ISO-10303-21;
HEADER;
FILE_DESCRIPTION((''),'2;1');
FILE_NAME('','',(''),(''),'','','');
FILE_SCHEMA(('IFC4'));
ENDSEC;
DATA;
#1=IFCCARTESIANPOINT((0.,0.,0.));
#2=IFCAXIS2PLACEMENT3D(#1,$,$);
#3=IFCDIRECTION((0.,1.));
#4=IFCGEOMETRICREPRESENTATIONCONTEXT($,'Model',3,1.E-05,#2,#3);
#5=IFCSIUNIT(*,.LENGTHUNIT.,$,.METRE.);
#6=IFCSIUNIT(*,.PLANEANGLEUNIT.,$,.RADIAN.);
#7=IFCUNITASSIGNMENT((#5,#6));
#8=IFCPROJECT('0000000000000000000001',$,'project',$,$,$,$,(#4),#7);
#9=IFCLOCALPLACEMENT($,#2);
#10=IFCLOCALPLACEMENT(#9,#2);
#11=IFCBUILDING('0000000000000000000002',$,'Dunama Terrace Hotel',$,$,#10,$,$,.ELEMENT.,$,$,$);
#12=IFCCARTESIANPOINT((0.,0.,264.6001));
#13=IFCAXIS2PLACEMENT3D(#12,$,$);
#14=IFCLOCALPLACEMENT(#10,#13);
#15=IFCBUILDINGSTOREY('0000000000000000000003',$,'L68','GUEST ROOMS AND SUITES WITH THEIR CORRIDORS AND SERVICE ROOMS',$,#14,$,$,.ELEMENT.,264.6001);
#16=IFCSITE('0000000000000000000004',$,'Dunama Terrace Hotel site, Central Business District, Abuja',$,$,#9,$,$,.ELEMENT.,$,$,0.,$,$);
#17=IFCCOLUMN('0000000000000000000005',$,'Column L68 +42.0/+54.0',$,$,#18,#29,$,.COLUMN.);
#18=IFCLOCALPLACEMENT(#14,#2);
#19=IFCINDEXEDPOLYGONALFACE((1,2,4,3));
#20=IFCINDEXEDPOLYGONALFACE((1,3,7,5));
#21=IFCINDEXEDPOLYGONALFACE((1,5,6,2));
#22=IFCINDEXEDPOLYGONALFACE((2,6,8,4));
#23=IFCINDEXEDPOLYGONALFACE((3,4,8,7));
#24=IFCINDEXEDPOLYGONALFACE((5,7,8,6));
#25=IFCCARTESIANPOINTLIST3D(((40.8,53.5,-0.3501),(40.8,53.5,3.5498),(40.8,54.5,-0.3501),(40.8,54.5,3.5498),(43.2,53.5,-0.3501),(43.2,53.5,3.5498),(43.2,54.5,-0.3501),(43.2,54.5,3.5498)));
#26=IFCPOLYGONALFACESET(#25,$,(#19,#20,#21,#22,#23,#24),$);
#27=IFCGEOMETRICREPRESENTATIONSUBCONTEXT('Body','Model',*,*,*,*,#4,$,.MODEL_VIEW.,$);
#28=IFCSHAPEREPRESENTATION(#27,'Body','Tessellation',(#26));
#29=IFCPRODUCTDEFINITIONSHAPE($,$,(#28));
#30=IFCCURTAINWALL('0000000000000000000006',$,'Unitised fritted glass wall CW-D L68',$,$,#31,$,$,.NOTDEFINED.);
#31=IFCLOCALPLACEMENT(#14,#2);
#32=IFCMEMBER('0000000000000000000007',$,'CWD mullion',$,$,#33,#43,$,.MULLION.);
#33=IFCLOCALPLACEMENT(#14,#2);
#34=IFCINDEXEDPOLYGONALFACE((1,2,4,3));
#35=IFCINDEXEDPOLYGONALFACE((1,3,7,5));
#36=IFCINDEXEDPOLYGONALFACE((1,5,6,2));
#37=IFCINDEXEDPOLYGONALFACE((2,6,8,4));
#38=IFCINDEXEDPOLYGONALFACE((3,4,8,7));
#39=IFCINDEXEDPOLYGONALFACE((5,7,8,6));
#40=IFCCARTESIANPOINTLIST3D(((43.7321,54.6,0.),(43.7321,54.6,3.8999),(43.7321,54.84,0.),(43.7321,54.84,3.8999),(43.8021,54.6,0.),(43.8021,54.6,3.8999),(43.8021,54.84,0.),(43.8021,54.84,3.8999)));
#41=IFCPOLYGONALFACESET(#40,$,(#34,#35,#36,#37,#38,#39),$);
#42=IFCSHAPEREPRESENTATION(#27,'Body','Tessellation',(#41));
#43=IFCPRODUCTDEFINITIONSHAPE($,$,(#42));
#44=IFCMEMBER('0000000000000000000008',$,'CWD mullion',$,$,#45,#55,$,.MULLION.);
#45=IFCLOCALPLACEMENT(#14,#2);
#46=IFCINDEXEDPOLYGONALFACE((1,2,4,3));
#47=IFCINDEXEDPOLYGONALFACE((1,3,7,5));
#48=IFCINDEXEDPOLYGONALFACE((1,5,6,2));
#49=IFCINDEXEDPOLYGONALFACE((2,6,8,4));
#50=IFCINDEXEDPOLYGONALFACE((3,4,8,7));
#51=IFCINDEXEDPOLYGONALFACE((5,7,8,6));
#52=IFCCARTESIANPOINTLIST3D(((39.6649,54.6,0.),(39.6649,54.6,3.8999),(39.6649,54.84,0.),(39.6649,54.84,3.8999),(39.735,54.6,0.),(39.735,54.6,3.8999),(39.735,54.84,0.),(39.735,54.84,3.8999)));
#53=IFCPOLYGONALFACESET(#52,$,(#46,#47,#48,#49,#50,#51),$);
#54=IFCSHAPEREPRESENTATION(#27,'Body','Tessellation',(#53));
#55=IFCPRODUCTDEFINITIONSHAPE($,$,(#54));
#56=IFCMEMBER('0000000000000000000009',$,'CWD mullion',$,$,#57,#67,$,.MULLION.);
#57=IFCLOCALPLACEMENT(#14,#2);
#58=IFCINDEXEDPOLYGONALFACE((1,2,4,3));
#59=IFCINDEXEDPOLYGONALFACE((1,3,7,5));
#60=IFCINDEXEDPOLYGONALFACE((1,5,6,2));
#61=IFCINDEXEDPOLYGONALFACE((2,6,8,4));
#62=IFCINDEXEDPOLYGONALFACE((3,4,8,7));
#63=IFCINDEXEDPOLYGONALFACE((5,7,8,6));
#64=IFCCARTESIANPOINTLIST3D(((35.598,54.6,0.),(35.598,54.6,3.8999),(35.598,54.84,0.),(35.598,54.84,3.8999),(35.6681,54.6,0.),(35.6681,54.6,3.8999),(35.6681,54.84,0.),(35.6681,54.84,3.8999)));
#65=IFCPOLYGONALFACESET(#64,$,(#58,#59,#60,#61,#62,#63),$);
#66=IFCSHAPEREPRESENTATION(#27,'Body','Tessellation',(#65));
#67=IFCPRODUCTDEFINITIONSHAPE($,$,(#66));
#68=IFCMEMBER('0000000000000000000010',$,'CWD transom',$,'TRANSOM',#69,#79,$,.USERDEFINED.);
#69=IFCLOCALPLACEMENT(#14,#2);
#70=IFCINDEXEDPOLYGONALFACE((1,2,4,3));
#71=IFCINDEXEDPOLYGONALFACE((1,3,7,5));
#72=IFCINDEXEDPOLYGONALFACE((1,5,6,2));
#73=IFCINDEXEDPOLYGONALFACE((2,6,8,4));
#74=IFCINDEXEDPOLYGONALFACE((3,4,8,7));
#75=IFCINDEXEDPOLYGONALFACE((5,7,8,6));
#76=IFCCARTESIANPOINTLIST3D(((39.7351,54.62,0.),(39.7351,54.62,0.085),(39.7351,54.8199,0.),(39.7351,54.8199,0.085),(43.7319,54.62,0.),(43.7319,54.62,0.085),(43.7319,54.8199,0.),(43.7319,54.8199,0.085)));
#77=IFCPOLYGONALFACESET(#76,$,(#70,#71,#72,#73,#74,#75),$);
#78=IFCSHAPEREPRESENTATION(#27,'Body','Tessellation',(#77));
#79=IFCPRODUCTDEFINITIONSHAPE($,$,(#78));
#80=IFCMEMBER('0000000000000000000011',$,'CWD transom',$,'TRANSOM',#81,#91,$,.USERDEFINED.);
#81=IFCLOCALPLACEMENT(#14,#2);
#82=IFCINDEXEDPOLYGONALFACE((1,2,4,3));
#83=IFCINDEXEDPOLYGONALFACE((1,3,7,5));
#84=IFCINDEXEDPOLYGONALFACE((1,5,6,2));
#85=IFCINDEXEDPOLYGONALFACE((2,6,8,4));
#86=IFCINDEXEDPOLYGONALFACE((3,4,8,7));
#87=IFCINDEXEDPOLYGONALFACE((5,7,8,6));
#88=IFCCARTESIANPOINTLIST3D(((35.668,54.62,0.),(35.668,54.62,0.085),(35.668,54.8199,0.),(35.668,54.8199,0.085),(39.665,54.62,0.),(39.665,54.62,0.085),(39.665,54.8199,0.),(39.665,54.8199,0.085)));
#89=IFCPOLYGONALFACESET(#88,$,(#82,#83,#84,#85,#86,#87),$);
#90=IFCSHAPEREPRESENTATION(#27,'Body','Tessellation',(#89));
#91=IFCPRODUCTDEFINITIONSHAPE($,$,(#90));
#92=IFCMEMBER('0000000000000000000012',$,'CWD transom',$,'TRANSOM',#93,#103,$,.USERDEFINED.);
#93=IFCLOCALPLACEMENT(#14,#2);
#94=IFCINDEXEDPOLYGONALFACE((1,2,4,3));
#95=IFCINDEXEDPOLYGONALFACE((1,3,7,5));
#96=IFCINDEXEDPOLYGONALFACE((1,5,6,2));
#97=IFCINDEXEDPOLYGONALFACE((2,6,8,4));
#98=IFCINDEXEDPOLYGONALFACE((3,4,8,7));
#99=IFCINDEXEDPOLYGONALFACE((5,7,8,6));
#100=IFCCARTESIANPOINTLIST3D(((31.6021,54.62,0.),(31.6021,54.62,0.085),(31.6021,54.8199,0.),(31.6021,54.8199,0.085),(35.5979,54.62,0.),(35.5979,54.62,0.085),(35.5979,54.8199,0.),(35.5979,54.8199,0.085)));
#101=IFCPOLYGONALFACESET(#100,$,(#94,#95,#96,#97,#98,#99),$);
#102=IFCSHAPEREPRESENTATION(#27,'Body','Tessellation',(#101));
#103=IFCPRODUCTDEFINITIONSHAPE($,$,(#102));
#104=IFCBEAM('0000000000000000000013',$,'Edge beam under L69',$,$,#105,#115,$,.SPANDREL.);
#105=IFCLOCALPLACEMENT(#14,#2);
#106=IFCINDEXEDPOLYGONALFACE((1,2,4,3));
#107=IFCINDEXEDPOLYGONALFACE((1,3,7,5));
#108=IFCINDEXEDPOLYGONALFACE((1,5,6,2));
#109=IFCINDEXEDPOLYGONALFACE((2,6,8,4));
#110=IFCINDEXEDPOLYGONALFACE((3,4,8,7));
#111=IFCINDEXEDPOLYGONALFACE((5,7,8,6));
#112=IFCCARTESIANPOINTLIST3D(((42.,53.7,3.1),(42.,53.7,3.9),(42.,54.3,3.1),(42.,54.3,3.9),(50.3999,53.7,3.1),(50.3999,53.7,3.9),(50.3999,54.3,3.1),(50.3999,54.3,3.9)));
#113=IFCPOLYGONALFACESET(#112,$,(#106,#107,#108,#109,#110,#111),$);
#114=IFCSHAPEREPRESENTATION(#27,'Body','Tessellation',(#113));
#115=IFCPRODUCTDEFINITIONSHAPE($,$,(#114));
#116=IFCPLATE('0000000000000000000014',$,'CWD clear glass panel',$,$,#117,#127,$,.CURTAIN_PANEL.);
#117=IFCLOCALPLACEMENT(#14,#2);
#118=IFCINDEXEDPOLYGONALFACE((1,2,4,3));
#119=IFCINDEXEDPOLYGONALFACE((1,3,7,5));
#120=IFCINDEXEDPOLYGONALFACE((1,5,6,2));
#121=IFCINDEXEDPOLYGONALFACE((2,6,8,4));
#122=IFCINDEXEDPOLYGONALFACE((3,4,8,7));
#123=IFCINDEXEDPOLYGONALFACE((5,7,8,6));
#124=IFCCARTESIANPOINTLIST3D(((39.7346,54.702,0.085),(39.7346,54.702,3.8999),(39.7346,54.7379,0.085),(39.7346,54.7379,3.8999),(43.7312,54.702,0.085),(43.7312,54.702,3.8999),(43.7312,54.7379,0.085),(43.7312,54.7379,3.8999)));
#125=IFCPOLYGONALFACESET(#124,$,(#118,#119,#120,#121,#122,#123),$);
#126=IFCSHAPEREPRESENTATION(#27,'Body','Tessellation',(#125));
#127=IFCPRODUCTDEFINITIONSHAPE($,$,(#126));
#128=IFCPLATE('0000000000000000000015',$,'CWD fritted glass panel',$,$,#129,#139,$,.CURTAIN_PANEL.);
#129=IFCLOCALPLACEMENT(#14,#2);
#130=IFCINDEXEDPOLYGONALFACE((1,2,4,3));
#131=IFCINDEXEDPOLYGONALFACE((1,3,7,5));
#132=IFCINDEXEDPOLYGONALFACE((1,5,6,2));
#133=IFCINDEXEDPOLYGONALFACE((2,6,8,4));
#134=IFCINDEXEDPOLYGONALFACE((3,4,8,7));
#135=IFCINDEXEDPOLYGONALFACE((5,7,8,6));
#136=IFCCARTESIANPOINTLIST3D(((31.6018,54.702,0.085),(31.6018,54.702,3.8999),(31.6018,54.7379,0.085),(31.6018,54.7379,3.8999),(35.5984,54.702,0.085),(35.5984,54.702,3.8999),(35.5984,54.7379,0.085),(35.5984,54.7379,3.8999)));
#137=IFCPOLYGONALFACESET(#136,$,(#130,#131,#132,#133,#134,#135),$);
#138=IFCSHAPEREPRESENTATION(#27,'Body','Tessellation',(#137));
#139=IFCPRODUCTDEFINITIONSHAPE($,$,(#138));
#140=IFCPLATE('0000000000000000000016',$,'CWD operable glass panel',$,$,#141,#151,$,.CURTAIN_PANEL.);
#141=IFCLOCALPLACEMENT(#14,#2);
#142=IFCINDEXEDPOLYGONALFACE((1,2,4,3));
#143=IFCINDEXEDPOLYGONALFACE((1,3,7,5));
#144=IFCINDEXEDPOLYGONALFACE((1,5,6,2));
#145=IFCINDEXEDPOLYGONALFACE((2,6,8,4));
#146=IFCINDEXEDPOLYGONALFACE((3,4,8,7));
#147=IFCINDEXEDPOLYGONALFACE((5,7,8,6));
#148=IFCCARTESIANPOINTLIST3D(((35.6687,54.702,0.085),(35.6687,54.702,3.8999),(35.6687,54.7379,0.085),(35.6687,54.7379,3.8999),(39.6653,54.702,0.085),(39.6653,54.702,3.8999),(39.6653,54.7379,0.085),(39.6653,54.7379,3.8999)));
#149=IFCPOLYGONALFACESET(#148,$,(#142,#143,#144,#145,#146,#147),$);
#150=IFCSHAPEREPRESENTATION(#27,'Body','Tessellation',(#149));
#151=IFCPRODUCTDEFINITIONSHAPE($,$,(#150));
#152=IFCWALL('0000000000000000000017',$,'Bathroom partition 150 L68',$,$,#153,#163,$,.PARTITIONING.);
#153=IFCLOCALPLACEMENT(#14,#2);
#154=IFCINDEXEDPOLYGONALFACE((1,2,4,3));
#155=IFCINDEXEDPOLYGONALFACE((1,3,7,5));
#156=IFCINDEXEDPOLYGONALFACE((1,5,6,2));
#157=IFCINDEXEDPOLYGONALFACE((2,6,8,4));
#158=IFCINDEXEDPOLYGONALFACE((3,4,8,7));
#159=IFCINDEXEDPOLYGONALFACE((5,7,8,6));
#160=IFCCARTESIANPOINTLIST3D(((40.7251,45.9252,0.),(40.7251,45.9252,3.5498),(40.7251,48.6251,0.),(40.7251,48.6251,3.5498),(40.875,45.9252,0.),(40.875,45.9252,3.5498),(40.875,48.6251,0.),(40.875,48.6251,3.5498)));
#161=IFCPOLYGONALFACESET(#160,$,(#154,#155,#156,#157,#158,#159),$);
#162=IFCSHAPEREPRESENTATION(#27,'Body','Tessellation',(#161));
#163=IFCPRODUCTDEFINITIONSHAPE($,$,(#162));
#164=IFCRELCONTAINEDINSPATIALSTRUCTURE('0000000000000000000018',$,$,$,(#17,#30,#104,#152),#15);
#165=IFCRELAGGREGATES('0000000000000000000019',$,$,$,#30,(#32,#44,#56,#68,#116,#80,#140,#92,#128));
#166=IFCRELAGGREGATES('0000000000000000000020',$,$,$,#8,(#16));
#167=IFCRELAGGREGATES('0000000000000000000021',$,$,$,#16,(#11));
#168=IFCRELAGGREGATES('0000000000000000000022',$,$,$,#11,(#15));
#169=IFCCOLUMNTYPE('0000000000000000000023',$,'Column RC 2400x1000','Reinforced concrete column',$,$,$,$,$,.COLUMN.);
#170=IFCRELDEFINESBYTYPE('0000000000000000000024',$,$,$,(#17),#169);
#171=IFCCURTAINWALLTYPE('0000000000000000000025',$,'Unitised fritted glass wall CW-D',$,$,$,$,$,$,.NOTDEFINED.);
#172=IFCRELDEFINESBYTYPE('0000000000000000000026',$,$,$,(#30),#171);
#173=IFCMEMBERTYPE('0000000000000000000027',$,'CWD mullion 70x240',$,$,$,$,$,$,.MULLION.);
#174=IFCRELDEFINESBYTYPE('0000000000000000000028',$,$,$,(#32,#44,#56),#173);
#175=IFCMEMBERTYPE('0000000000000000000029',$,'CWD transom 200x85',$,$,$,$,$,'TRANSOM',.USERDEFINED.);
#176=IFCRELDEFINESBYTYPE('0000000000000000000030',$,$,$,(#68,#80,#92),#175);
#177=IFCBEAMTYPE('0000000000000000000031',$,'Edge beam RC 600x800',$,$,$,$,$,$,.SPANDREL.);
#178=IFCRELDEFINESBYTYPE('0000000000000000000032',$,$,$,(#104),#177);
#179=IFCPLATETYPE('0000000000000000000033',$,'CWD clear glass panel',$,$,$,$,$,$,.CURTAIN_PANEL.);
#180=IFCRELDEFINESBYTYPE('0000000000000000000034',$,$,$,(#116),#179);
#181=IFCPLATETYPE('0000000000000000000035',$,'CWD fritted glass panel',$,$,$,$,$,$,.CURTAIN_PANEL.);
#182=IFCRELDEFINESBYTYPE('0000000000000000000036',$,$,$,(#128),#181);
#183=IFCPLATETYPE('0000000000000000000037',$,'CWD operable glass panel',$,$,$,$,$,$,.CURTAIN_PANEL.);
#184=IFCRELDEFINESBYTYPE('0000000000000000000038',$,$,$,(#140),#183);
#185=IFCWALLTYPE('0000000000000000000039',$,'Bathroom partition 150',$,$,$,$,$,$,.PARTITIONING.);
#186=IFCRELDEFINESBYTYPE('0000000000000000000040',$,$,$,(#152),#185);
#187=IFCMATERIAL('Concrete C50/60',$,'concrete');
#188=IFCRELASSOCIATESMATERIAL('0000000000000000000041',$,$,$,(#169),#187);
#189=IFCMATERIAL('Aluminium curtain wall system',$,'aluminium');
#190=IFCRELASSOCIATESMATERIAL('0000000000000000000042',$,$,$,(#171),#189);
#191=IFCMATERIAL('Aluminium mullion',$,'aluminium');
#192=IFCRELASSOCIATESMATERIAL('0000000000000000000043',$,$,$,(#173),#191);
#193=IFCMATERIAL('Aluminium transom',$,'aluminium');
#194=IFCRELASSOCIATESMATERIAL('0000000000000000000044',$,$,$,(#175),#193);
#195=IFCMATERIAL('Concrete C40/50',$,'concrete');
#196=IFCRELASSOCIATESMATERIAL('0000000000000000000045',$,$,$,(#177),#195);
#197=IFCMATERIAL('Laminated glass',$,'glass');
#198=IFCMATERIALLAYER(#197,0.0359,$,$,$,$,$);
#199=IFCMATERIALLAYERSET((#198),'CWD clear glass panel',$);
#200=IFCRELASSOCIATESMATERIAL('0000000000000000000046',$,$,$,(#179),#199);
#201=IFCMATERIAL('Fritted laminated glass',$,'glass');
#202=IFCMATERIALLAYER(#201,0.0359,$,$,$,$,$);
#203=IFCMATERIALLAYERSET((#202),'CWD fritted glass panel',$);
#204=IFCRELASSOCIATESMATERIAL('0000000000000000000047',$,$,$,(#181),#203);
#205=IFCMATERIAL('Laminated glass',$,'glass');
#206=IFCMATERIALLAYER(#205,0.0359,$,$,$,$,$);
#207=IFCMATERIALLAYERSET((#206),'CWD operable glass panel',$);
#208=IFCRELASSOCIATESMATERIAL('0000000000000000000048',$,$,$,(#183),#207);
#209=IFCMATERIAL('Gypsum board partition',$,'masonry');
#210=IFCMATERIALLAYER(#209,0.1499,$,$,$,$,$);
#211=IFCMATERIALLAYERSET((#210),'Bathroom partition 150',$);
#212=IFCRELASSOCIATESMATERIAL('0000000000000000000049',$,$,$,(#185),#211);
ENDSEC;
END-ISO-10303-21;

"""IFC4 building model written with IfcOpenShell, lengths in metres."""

from ifc_helpers import new_model, si_unit, direction, frame, frame_2d, origin, origin_2d, place, context, subcontext, project, spatial, rectangle, extrude, material, layer, layer_set, material_profile, profile_set, type_object, element, aggregate, save


model = new_model("IFC4")

# Units and contexts
model_context = context("Model", 3, precision=1e-05, world=origin(), true_north=direction((0.0, 1.0)))
body_context = subcontext(model_context, "Body", "Model", "MODEL_VIEW")
ifc_project = project(units=[si_unit("LENGTHUNIT", "METRE"), si_unit("PLANEANGLEUNIT", "RADIAN")], contexts=[model_context])

# Site, building, storey
site_placement = place(None, origin())
site = spatial("IfcSite", under=ifc_project, at=site_placement, Name="Dunama Terrace Hotel site, Central Business District, Abuja", CompositionType="ELEMENT", RefElevation=0.0)
building_placement = place(site_placement, origin())
building = spatial("IfcBuilding", under=site, at=building_placement, Name="Dunama Terrace Hotel", CompositionType="ELEMENT")
storey_placement = place(building_placement, frame((0.0, 0.0, 264.6001)))
storey = spatial("IfcBuildingStorey", under=building, at=storey_placement, Name="L68", Description="GUEST ROOMS AND SUITES WITH THEIR CORRIDORS AND SERVICE ROOMS", CompositionType="ELEMENT", Elevation=264.6001)

# Column
ifc_material_1 = material(Name="Concrete C50/60", Category="concrete")
ifc_material_profile_1 = material_profile(ifc_material_1, rectangle(XDim=2.3999, YDim=1.0, at=origin_2d()), Name="RC 2400x1000")
ifc_profile_set_1 = profile_set([ifc_material_profile_1], Name="Concrete C50/60")
column_type = type_object("IfcColumnType", Name="Column RC 2400x1000", Description="Reinforced concrete column", PredefinedType="COLUMN", material=ifc_profile_set_1)
column_placement = place(storey_placement, frame((42.0, 54.0, -0.3501), z_axis=(0.0, 0.0, 1.0), x_axis=(1.0, 0.0, 0.0)))
element("IfcColumn", 1, at=column_placement, inside=storey, type_object=column_type, Name="Column L68 +42.0/+54.0", PredefinedType="COLUMN", context=body_context, shape_type="SweptSolid", body=[
    extrude(rectangle(XDim=2.3999, YDim=1.0, at=origin_2d()), origin(), (0.0, 0.0, 1.0), 3.8999),
])

# Curtain wall, members
ifc_material_2 = material(Name="Aluminium curtain wall system", Category="aluminium")
curtain_wall_type = type_object("IfcCurtainWallType", Name="Unitised fritted glass wall CW-D", PredefinedType="NOTDEFINED", material=ifc_material_2)
curtain_wall_placement = place(storey_placement, origin())
curtain_wall = element("IfcCurtainWall", 2, at=curtain_wall_placement, inside=storey, type_object=curtain_wall_type, Name="Unitised fritted glass wall CW-D L68", PredefinedType="NOTDEFINED")
ifc_material_3 = material(Name="Aluminium mullion", Category="aluminium")
ifc_material_profile_2 = material_profile(ifc_material_3, rectangle(XDim=0.0701, YDim=0.24, at=origin_2d()), Name="CWD MULLION 70X240")
ifc_profile_set_2 = profile_set([ifc_material_profile_2], Name="Aluminium mullion")
member_type_1 = type_object("IfcMemberType", Name="CWD mullion 70x240", PredefinedType="MULLION", material=ifc_profile_set_2)
member_1_placement = place(storey_placement, frame((43.7671, 54.72, 0.0), z_axis=(0.0, 0.0, 1.0), x_axis=(-1.0, 0.0, 0.0)))
member_1 = element("IfcMember", 3, at=member_1_placement, type_object=member_type_1, Name="CWD mullion", PredefinedType="MULLION", context=body_context, shape_type="SweptSolid", body=[
    extrude(rectangle(XDim=0.0701, YDim=0.24, at=origin_2d()), origin(), (0.0, 0.0, 1.0), 3.8999),
])
member_2_placement = place(storey_placement, frame((39.7, 54.72, 0.0), z_axis=(0.0, 0.0, 1.0), x_axis=(-1.0, 0.0, 0.0)))
member_2 = element("IfcMember", 4, at=member_2_placement, type_object=member_type_1, Name="CWD mullion", PredefinedType="MULLION", context=body_context, shape_type="SweptSolid", body=[
    extrude(rectangle(XDim=0.0701, YDim=0.24, at=origin_2d()), origin(), (0.0, 0.0, 1.0), 3.8999),
])
member_3_placement = place(storey_placement, frame((35.6331, 54.72, 0.0), z_axis=(0.0, 0.0, 1.0), x_axis=(-1.0, 0.0, 0.0)))
member_3 = element("IfcMember", 5, at=member_3_placement, type_object=member_type_1, Name="CWD mullion", PredefinedType="MULLION", context=body_context, shape_type="SweptSolid", body=[
    extrude(rectangle(XDim=0.0701, YDim=0.24, at=origin_2d()), origin(), (0.0, 0.0, 1.0), 3.8999),
])
ifc_material_4 = material(Name="Aluminium transom", Category="aluminium")
ifc_material_profile_3 = material_profile(ifc_material_4, rectangle(XDim=0.2, YDim=0.085, at=origin_2d()), Name="CWD TRANSOM 200X85")
ifc_profile_set_3 = profile_set([ifc_material_profile_3], Name="Aluminium transom")
member_type_2 = type_object("IfcMemberType", Name="CWD transom 200x85", ElementType="TRANSOM", PredefinedType="USERDEFINED", material=ifc_profile_set_3)
member_4_placement = place(storey_placement, frame((43.7319, 54.72, 0.0425), z_axis=(-1.0, 0.0, 0.0), x_axis=(0.0, -1.0, 0.0)))
member_4 = element("IfcMember", 6, at=member_4_placement, type_object=member_type_2, Name="CWD transom", ObjectType="TRANSOM", PredefinedType="USERDEFINED", context=body_context, shape_type="SweptSolid", body=[
    extrude(rectangle(XDim=0.2, YDim=0.085, at=origin_2d()), origin(), (0.0, 0.0, 1.0), 3.9968),
])
member_5_placement = place(storey_placement, frame((39.665, 54.72, 0.0425), z_axis=(-1.0, 0.0, 0.0), x_axis=(0.0, -1.0, 0.0)))
member_5 = element("IfcMember", 7, at=member_5_placement, type_object=member_type_2, Name="CWD transom", ObjectType="TRANSOM", PredefinedType="USERDEFINED", context=body_context, shape_type="SweptSolid", body=[
    extrude(rectangle(XDim=0.2, YDim=0.085, at=origin_2d()), origin(), (0.0, 0.0, 1.0), 3.9971),
])
member_6_placement = place(storey_placement, frame((35.5979, 54.72, 0.0425), z_axis=(-1.0, 0.0, 0.0), x_axis=(0.0, -1.0, 0.0)))
member_6 = element("IfcMember", 8, at=member_6_placement, type_object=member_type_2, Name="CWD transom", ObjectType="TRANSOM", PredefinedType="USERDEFINED", context=body_context, shape_type="SweptSolid", body=[
    extrude(rectangle(XDim=0.2, YDim=0.085, at=origin_2d()), origin(), (0.0, 0.0, 1.0), 3.9958),
])

# Beam
ifc_material_5 = material(Name="Concrete C40/50", Category="concrete")
ifc_material_profile_4 = material_profile(ifc_material_5, rectangle(XDim=0.6001, YDim=0.8, at=origin_2d()), Name="RC 600x800")
ifc_profile_set_4 = profile_set([ifc_material_profile_4], Name="Concrete C40/50")
beam_type = type_object("IfcBeamType", Name="Edge beam RC 600x800", PredefinedType="SPANDREL", material=ifc_profile_set_4)
beam_placement = place(storey_placement, frame((42.0, 54.0, 3.5), z_axis=(1.0, 0.0, 0.0), x_axis=(0.0, 1.0, 0.0)))
element("IfcBeam", 9, at=beam_placement, inside=storey, type_object=beam_type, Name="Edge beam under L69", PredefinedType="SPANDREL", context=body_context, shape_type="SweptSolid", body=[
    extrude(rectangle(XDim=0.6001, YDim=0.8, at=origin_2d()), origin(), (0.0, 0.0, 1.0), 8.3999),
])

# Plates
ifc_material_6 = material(Name="Laminated glass", Category="glass")
ifc_layer_1 = layer(ifc_material_6, 0.0359)
ifc_layer_set_1 = layer_set([ifc_layer_1], Name="CWD clear glass panel")
plate_type_1 = type_object("IfcPlateType", Name="CWD clear glass panel", PredefinedType="CURTAIN_PANEL", material=ifc_layer_set_1)
plate_1_placement = place(storey_placement, frame((41.7329, 54.72, 0.085), z_axis=(0.0, 0.0, 1.0), x_axis=(-1.0, 0.0, 0.0)))
plate_1 = element("IfcPlate", 10, at=plate_1_placement, type_object=plate_type_1, Name="CWD clear glass panel", PredefinedType="CURTAIN_PANEL", context=body_context, shape_type="SweptSolid", body=[
    extrude(rectangle(XDim=3.9966, YDim=0.0359, at=origin_2d()), origin(), (0.0, 0.0, 1.0), 3.8149),
])
ifc_material_7 = material(Name="Fritted laminated glass", Category="glass")
ifc_layer_2 = layer(ifc_material_7, 0.0359)
ifc_layer_set_2 = layer_set([ifc_layer_2], Name="CWD fritted glass panel")
plate_type_2 = type_object("IfcPlateType", Name="CWD fritted glass panel", PredefinedType="CURTAIN_PANEL", material=ifc_layer_set_2)
plate_2_placement = place(storey_placement, frame((33.6001, 54.72, 0.085), z_axis=(0.0, 0.0, 1.0), x_axis=(-1.0, 0.0, 0.0)))
plate_2 = element("IfcPlate", 11, at=plate_2_placement, type_object=plate_type_2, Name="CWD fritted glass panel", PredefinedType="CURTAIN_PANEL", context=body_context, shape_type="SweptSolid", body=[
    extrude(rectangle(XDim=3.9966, YDim=0.0359, at=origin_2d()), origin(), (0.0, 0.0, 1.0), 3.8149),
])
ifc_material_8 = material(Name="Laminated glass", Category="glass")
ifc_layer_3 = layer(ifc_material_8, 0.0359)
ifc_layer_set_3 = layer_set([ifc_layer_3], Name="CWD operable glass panel")
plate_type_3 = type_object("IfcPlateType", Name="CWD operable glass panel", PredefinedType="CURTAIN_PANEL", material=ifc_layer_set_3)
plate_3_placement = place(storey_placement, frame((37.667, 54.72, 0.085), z_axis=(0.0, 0.0, 1.0), x_axis=(-1.0, 0.0, 0.0)))
plate_3 = element("IfcPlate", 12, at=plate_3_placement, type_object=plate_type_3, Name="CWD operable glass panel", PredefinedType="CURTAIN_PANEL", context=body_context, shape_type="SweptSolid", body=[
    extrude(rectangle(XDim=3.9966, YDim=0.0359, at=origin_2d()), origin(), (0.0, 0.0, 1.0), 3.8149),
])
aggregate(curtain_wall, [member_1, member_2, member_3, member_4, plate_1, member_5, plate_3, member_6, plate_2])

# Wall
ifc_material_9 = material(Name="Gypsum board partition", Category="masonry")
ifc_layer_4 = layer(ifc_material_9, 0.1499)
ifc_layer_set_4 = layer_set([ifc_layer_4], Name="Bathroom partition 150")
wall_type_1 = type_object("IfcWallType", Name="Bathroom partition 150", PredefinedType="PARTITIONING", material=ifc_layer_set_4)
wall_1_placement = place(storey_placement, frame((40.8, 45.925, 0.0), z_axis=(0.0, 0.0, 1.0), x_axis=(0.0, 1.0, 0.0)))
element("IfcWall", 13, at=wall_1_placement, inside=storey, type_object=wall_type_1, Name="Bathroom partition 150 L68", PredefinedType="PARTITIONING", context=body_context, shape_type="SweptSolid", body=[
    extrude(rectangle(XDim=2.7, YDim=0.1499, at=frame_2d((1.3501, 0.0))), origin(), (0.0, 0.0, 1.0), 3.5498),
])

save(model, "model.ifc")
